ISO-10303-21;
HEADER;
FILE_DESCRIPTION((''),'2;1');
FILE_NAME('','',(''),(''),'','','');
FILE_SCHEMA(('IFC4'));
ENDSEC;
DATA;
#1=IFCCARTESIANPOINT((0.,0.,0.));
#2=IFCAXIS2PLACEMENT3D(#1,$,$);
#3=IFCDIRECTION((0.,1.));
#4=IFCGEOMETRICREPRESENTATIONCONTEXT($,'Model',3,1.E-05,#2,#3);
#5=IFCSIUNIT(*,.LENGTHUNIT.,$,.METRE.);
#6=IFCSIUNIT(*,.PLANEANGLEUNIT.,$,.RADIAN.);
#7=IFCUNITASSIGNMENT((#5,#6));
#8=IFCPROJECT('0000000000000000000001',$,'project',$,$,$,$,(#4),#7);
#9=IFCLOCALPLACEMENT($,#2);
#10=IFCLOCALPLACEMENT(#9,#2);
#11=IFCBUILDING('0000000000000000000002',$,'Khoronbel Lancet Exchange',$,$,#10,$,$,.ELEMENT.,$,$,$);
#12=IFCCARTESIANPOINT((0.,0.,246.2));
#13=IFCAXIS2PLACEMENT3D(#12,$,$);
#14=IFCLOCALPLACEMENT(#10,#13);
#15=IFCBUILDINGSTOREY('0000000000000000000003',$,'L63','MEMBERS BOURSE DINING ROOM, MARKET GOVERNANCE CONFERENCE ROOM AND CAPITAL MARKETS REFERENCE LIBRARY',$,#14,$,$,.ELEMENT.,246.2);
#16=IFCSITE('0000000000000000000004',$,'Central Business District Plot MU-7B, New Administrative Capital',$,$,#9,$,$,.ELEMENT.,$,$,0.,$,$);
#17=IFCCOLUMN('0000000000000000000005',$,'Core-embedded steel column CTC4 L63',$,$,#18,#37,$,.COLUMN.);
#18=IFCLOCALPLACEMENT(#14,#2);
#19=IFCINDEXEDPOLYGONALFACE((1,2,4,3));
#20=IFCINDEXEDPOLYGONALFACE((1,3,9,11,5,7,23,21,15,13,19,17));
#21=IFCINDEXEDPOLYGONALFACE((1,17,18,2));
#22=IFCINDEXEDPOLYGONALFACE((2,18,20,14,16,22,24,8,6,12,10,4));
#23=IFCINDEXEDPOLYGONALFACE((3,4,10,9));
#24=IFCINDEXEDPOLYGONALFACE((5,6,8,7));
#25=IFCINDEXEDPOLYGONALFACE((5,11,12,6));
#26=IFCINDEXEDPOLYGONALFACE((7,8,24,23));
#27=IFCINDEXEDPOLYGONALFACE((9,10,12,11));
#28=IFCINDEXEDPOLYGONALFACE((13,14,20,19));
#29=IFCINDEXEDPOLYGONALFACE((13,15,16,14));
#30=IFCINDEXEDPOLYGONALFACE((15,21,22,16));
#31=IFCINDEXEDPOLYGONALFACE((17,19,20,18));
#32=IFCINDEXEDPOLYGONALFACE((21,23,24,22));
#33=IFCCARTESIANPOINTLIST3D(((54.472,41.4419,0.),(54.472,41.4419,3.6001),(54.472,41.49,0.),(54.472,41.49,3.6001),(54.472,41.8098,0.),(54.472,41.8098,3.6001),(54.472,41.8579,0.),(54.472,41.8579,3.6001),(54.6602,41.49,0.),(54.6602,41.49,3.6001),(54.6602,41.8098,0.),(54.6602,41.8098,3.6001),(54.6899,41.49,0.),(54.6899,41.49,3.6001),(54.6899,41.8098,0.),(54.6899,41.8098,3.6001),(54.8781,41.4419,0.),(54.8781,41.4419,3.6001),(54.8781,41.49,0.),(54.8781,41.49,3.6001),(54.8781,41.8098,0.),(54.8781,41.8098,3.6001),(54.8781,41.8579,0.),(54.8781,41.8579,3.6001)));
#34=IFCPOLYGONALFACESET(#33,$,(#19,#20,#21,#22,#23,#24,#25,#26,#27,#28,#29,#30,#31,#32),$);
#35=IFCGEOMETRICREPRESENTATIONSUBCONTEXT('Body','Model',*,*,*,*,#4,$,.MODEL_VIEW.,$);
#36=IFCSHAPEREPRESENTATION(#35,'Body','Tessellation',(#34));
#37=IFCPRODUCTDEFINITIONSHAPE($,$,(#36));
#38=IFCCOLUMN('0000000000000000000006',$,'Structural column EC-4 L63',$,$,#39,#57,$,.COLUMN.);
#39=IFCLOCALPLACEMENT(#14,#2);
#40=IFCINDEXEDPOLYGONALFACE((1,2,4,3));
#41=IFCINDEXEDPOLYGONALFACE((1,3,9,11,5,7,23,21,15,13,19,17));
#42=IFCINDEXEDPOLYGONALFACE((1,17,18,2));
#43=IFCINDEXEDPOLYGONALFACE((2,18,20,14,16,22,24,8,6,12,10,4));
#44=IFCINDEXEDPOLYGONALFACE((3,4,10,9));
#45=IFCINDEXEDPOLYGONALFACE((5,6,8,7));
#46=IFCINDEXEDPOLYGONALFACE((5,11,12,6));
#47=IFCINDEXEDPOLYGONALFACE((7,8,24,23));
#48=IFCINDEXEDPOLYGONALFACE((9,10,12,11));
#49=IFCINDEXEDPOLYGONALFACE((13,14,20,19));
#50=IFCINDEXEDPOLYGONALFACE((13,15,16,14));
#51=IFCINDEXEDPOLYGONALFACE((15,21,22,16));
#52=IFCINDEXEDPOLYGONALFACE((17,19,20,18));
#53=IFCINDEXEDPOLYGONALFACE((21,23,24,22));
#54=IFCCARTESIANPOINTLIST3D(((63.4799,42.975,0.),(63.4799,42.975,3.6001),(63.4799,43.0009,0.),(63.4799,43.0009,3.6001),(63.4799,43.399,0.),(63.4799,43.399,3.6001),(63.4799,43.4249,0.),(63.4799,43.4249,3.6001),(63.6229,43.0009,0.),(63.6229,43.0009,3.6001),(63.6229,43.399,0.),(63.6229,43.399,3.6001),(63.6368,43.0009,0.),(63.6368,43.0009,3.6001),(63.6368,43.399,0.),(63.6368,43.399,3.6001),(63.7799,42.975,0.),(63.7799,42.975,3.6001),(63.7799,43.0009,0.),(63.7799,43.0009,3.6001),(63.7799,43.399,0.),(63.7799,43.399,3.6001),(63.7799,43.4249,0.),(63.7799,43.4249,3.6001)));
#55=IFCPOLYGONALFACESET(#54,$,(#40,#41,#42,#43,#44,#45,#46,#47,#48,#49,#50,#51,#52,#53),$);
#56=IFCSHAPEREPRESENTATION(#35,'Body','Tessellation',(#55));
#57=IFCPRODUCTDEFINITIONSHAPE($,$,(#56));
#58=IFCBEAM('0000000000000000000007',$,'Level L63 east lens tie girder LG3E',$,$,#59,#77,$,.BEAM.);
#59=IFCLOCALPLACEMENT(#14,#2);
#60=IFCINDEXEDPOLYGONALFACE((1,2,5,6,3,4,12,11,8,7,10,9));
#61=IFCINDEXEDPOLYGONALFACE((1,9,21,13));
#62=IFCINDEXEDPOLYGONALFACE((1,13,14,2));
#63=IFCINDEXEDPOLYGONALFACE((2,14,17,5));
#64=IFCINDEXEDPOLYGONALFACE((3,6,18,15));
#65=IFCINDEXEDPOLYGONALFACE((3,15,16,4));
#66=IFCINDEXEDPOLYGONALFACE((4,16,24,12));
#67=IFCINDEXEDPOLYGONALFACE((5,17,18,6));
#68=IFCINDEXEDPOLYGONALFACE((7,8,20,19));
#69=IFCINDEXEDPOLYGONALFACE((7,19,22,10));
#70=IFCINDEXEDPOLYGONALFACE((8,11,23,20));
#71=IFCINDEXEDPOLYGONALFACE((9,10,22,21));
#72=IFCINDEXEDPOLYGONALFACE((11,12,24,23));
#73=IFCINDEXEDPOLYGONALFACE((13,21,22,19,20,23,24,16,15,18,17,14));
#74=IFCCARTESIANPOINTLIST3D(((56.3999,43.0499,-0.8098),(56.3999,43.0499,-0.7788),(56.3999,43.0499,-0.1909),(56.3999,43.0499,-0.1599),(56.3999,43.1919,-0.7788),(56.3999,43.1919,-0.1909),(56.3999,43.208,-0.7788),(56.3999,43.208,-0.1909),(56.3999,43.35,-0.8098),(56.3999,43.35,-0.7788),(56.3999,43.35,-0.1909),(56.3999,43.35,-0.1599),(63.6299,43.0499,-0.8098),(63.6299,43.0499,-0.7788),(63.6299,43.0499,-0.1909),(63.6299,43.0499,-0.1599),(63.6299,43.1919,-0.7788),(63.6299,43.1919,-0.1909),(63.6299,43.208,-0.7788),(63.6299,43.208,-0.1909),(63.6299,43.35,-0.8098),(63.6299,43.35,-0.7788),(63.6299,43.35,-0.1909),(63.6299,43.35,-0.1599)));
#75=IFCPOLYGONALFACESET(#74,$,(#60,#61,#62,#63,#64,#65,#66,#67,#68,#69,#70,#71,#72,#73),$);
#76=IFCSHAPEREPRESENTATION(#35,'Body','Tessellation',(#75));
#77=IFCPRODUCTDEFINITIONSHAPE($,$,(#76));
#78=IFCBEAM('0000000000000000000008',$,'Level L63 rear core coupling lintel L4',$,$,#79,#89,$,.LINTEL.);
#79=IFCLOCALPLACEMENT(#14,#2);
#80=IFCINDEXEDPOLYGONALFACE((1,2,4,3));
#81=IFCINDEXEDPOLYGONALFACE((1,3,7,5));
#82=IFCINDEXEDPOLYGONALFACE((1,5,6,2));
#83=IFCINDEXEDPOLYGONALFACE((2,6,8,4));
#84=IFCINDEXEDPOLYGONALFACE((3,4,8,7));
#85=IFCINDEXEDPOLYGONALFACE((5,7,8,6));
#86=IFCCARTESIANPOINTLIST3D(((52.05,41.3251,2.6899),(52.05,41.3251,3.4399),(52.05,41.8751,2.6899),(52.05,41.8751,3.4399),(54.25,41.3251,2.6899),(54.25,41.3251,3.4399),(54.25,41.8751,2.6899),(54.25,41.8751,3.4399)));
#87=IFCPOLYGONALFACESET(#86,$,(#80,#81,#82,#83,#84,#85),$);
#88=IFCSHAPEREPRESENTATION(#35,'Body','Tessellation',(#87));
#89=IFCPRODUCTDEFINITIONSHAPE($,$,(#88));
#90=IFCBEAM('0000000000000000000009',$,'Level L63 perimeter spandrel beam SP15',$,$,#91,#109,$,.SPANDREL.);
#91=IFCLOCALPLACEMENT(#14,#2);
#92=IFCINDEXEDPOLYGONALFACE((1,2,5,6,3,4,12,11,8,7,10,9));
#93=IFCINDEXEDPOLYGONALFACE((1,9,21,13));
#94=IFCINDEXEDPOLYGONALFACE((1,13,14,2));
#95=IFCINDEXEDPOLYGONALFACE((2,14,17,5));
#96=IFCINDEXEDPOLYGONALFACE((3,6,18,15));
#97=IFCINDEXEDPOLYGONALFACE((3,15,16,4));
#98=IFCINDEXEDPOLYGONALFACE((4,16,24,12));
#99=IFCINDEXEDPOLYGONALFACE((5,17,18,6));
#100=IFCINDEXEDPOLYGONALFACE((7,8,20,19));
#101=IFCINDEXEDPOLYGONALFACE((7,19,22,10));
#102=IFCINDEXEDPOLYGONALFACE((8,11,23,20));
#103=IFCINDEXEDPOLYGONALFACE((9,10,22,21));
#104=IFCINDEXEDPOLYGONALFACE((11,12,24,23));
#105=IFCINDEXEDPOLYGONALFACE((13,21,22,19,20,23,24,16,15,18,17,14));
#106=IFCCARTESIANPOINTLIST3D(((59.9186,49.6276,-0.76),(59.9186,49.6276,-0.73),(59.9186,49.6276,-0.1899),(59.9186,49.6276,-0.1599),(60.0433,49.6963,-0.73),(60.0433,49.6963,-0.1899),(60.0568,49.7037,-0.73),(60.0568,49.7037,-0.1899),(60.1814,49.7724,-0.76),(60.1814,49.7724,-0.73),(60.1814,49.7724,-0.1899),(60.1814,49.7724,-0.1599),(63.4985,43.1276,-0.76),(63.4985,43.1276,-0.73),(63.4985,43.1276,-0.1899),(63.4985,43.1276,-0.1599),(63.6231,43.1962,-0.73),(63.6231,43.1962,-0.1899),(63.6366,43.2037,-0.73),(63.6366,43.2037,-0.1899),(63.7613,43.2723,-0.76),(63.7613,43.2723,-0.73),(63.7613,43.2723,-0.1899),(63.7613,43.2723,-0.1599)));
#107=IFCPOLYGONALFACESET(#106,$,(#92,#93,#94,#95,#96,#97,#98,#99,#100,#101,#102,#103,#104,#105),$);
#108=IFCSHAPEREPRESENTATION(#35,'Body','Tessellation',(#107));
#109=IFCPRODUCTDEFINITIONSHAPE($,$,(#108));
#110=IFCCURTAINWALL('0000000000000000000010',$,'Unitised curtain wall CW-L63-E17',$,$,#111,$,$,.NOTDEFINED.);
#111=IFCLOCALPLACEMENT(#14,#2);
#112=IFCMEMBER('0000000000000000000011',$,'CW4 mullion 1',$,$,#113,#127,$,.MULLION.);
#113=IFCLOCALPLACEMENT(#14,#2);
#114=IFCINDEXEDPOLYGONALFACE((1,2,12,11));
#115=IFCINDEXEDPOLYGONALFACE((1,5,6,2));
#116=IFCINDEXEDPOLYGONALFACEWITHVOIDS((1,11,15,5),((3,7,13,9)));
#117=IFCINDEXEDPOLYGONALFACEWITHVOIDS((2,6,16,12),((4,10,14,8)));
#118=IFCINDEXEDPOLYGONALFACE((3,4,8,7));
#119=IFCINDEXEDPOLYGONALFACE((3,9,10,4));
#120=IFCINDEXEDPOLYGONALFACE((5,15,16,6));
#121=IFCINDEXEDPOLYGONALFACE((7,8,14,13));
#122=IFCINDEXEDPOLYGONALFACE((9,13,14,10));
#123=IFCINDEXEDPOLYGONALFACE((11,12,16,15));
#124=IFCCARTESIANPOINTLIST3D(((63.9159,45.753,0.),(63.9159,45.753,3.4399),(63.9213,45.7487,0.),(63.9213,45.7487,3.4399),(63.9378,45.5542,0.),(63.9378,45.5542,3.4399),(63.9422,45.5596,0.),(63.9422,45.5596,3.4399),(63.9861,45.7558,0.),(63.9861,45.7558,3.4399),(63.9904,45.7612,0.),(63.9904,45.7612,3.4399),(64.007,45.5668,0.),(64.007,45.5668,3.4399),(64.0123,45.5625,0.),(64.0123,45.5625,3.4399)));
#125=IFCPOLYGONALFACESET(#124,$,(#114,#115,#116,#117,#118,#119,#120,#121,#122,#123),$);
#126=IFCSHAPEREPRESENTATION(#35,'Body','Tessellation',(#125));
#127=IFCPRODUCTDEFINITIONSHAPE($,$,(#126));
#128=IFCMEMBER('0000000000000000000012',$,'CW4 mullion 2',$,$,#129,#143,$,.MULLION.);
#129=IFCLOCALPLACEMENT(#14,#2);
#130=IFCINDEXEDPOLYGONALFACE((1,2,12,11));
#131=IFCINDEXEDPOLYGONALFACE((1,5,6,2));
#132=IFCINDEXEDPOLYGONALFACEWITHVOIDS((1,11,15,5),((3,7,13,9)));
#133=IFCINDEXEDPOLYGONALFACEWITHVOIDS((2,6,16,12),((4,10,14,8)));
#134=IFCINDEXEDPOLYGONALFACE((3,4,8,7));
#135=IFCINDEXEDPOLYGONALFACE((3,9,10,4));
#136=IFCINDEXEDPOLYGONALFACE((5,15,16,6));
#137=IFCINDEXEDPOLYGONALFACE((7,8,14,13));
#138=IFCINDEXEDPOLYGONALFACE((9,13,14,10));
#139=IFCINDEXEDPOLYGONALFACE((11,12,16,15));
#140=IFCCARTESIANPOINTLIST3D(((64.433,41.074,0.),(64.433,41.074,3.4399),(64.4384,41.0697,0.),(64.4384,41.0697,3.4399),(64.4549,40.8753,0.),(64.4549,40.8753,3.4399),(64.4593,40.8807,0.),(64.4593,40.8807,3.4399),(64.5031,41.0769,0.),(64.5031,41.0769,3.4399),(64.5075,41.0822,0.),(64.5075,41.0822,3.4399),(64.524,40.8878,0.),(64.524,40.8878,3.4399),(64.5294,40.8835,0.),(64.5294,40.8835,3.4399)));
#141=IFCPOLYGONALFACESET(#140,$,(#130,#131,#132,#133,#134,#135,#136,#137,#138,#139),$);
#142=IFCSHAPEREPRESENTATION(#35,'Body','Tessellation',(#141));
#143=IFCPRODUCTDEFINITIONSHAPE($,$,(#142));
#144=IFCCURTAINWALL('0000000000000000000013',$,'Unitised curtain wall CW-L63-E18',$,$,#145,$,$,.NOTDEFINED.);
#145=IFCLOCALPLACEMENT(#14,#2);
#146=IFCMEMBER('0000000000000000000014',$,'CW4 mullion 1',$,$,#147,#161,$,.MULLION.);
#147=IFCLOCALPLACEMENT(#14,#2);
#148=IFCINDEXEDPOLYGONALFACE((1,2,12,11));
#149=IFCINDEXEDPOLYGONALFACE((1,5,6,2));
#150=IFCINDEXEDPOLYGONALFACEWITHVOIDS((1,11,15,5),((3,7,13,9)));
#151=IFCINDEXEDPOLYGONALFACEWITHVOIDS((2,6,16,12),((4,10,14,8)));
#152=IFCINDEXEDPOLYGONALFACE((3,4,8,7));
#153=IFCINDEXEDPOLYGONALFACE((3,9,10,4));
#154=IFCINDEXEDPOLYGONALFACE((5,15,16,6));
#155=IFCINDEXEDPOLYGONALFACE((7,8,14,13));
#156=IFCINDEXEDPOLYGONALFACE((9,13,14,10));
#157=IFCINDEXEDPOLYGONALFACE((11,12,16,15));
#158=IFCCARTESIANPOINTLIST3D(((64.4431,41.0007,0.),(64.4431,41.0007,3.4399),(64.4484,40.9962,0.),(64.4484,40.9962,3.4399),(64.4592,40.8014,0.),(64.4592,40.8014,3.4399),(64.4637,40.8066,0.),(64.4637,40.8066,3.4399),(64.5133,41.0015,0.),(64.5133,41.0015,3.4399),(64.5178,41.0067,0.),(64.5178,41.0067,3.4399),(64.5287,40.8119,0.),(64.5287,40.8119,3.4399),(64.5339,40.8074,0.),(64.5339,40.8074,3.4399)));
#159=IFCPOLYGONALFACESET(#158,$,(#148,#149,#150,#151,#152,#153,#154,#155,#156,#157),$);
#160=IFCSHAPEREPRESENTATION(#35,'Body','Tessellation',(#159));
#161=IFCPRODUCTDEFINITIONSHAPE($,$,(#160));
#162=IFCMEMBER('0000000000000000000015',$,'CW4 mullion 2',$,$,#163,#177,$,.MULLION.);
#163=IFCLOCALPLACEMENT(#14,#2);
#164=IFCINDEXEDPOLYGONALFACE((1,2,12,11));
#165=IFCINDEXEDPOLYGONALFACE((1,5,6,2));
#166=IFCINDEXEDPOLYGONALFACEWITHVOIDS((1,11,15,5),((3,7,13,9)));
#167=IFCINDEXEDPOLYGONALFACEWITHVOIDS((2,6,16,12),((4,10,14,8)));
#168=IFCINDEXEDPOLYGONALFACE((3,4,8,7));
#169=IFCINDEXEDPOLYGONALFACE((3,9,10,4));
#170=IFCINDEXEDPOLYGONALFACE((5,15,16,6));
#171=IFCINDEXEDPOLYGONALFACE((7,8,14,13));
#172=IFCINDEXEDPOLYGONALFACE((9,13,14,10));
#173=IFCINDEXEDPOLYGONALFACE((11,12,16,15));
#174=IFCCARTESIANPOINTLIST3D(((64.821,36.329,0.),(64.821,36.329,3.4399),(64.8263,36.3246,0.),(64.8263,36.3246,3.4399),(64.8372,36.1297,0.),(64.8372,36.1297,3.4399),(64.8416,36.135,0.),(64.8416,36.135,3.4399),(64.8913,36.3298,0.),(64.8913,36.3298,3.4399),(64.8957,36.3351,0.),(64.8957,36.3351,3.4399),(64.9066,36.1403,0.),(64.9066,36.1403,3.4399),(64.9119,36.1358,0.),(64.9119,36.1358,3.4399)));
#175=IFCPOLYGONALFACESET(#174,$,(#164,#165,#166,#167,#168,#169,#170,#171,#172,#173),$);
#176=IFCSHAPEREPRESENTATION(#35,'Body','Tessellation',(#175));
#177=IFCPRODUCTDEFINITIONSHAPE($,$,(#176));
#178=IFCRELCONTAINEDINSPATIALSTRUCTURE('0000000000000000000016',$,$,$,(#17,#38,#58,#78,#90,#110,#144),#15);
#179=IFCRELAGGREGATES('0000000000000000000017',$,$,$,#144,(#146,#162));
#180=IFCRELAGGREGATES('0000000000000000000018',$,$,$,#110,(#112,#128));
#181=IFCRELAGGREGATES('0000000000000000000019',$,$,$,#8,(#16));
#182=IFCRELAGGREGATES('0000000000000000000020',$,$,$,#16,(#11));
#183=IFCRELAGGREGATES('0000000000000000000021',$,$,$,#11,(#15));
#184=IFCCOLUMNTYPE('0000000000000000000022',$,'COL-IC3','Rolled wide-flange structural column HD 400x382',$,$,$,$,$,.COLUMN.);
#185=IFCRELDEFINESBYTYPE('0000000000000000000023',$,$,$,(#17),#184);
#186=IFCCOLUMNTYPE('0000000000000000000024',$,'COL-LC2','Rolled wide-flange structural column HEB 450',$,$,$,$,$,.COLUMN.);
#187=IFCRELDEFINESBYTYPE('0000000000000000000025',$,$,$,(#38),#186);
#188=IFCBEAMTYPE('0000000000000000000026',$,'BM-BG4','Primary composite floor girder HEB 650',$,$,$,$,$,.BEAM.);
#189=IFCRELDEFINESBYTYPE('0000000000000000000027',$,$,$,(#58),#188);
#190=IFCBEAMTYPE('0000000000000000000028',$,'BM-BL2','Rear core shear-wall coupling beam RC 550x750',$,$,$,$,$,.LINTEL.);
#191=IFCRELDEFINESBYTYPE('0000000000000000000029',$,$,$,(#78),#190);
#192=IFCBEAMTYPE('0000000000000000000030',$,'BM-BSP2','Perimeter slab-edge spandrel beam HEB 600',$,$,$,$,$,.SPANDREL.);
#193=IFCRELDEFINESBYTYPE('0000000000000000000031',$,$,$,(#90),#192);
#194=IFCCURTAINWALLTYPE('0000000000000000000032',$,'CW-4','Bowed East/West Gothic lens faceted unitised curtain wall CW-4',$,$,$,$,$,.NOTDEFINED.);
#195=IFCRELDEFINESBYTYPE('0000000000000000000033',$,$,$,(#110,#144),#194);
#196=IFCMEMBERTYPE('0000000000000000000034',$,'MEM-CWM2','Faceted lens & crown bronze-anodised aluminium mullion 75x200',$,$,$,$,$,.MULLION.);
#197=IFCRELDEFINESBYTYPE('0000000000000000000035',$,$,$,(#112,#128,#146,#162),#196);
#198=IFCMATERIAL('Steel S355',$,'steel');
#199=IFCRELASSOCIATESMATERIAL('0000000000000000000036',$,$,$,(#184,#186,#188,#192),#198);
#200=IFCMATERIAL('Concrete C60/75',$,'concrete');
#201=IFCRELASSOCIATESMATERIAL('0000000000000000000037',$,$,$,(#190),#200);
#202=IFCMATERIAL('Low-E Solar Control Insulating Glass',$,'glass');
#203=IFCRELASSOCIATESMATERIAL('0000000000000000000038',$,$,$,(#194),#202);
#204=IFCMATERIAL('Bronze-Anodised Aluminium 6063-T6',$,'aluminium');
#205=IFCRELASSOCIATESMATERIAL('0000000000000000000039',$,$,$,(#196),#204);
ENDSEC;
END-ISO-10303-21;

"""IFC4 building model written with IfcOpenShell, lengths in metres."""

from ifc_helpers import new_model, si_unit, direction, frame, origin, origin_2d, place, context, subcontext, project, spatial, rectangle, hollow_rectangle, i_section, extrude, material, material_profile, profile_set, type_object, element, aggregate, save


model = new_model("IFC4")

# Units and contexts
model_context = context("Model", 3, precision=1e-05, world=origin(), true_north=direction((0.0, 1.0)))
body_context = subcontext(model_context, "Body", "Model", "MODEL_VIEW")
ifc_project = project(units=[si_unit("LENGTHUNIT", "METRE"), si_unit("PLANEANGLEUNIT", "RADIAN")], contexts=[model_context])

# Site, building, storey
site_placement = place(None, origin())
site = spatial("IfcSite", under=ifc_project, at=site_placement, Name="Central Business District Plot MU-7B, New Administrative Capital", CompositionType="ELEMENT", RefElevation=0.0)
building_placement = place(site_placement, origin())
building = spatial("IfcBuilding", under=site, at=building_placement, Name="Khoronbel Lancet Exchange", CompositionType="ELEMENT")
storey_placement = place(building_placement, frame((0.0, 0.0, 246.2)))
storey = spatial("IfcBuildingStorey", under=building, at=storey_placement, Name="L63", Description="MEMBERS BOURSE DINING ROOM, MARKET GOVERNANCE CONFERENCE ROOM AND CAPITAL MARKETS REFERENCE LIBRARY", CompositionType="ELEMENT", Elevation=246.2)

# Columns
ifc_material_1 = material(Name="Steel S355", Category="steel")
ifc_material_profile_1 = material_profile(ifc_material_1, i_section(OverallWidth=0.406, OverallDepth=0.416, WebThickness=0.0298, FlangeThickness=0.0481, at=origin_2d()), Name="HD 400x382")
ifc_profile_set_1 = profile_set([ifc_material_profile_1], Name="Steel S355")
column_type_1 = type_object("IfcColumnType", Name="COL-IC3", Description="Rolled wide-flange structural column HD 400x382", PredefinedType="COLUMN", material=ifc_profile_set_1)
column_1_placement = place(storey_placement, frame((54.675, 41.6499, 0.0), z_axis=(0.0, 0.0, 1.0), x_axis=(1.0, 0.0, 0.0)))
element("IfcColumn", 1, at=column_1_placement, inside=storey, type_object=column_type_1, Name="Core-embedded steel column CTC4 L63", PredefinedType="COLUMN", context=body_context, shape_type="SweptSolid", body=[
    extrude(i_section(OverallWidth=0.406, OverallDepth=0.416, WebThickness=0.0298, FlangeThickness=0.0481, at=origin_2d()), origin(), (0.0, 0.0, 1.0), 3.6001),
])
ifc_material_profile_2 = material_profile(ifc_material_1, i_section(OverallWidth=0.3, OverallDepth=0.45, WebThickness=0.0139, FlangeThickness=0.0259, at=origin_2d()), Name="HEB 450")
ifc_profile_set_2 = profile_set([ifc_material_profile_2], Name="Steel S355")
column_type_2 = type_object("IfcColumnType", Name="COL-LC2", Description="Rolled wide-flange structural column HEB 450", PredefinedType="COLUMN", material=ifc_profile_set_2)
column_2_placement = place(storey_placement, frame((63.6299, 43.2, 0.0), z_axis=(0.0, 0.0, 1.0), x_axis=(1.0, 0.0, 0.0)))
element("IfcColumn", 2, at=column_2_placement, inside=storey, type_object=column_type_2, Name="Structural column EC-4 L63", PredefinedType="COLUMN", context=body_context, shape_type="SweptSolid", body=[
    extrude(i_section(OverallWidth=0.3, OverallDepth=0.45, WebThickness=0.0139, FlangeThickness=0.0259, at=origin_2d()), origin(), (0.0, 0.0, 1.0), 3.6001),
])

# Beams
ifc_material_profile_3 = material_profile(ifc_material_1, i_section(OverallWidth=0.3, OverallDepth=0.6499, WebThickness=0.0161, FlangeThickness=0.031, at=origin_2d()), Name="HEB 650")
ifc_profile_set_3 = profile_set([ifc_material_profile_3], Name="Steel S355")
beam_type_1 = type_object("IfcBeamType", Name="BM-BG4", Description="Primary composite floor girder HEB 650", PredefinedType="BEAM", material=ifc_profile_set_3)
beam_1_placement = place(storey_placement, frame((56.3999, 43.2, -0.4849), z_axis=(1.0, 0.0, 0.0), x_axis=(0.0, 1.0, 0.0)))
element("IfcBeam", 3, at=beam_1_placement, inside=storey, type_object=beam_type_1, Name="Level L63 east lens tie girder LG3E", PredefinedType="BEAM", context=body_context, shape_type="SweptSolid", body=[
    extrude(i_section(OverallWidth=0.3, OverallDepth=0.6499, WebThickness=0.0161, FlangeThickness=0.031, at=origin_2d()), origin(), (0.0, 0.0, 1.0), 7.23),
])
ifc_material_2 = material(Name="Concrete C60/75", Category="concrete")
ifc_material_profile_4 = material_profile(ifc_material_2, rectangle(XDim=0.55, YDim=0.75, at=origin_2d()), Name="RC 550x750")
ifc_profile_set_4 = profile_set([ifc_material_profile_4], Name="Concrete C60/75")
beam_type_2 = type_object("IfcBeamType", Name="BM-BL2", Description="Rear core shear-wall coupling beam RC 550x750", PredefinedType="LINTEL", material=ifc_profile_set_4)
beam_2_placement = place(storey_placement, frame((52.05, 41.6001, 3.0649), z_axis=(1.0, 0.0, 0.0), x_axis=(0.0, 1.0, 0.0)))
element("IfcBeam", 4, at=beam_2_placement, inside=storey, type_object=beam_type_2, Name="Level L63 rear core coupling lintel L4", PredefinedType="LINTEL", context=body_context, shape_type="SweptSolid", body=[
    extrude(rectangle(XDim=0.55, YDim=0.75, at=origin_2d()), origin(), (0.0, 0.0, 1.0), 2.2),
])
ifc_material_profile_5 = material_profile(ifc_material_1, i_section(OverallWidth=0.3, OverallDepth=0.6001, WebThickness=0.0154, FlangeThickness=0.03, at=origin_2d()), Name="HEB 600")
ifc_profile_set_5 = profile_set([ifc_material_profile_5], Name="Steel S355")
beam_type_3 = type_object("IfcBeamType", Name="BM-BSP2", Description="Perimeter slab-edge spandrel beam HEB 600", PredefinedType="SPANDREL", material=ifc_profile_set_5)
beam_3_placement = place(storey_placement, frame((63.6299, 43.2, -0.46), z_axis=(-0.482419, 0.875941, 0.0), x_axis=(-0.875941, -0.482419, 0.0)))
element("IfcBeam", 5, at=beam_3_placement, inside=storey, type_object=beam_type_3, Name="Level L63 perimeter spandrel beam SP15", PredefinedType="SPANDREL", context=body_context, shape_type="SweptSolid", body=[
    extrude(i_section(OverallWidth=0.3, OverallDepth=0.6001, WebThickness=0.0154, FlangeThickness=0.03, at=origin_2d()), origin(), (0.0, 0.0, 1.0), 7.4207),
])

# Curtain walls, members
ifc_material_3 = material(Name="Low-E Solar Control Insulating Glass", Category="glass")
curtain_wall_type = type_object("IfcCurtainWallType", Name="CW-4", Description="Bowed East/West Gothic lens faceted unitised curtain wall CW-4", PredefinedType="NOTDEFINED", material=ifc_material_3)
curtain_wall_1_placement = place(storey_placement, origin())
curtain_wall_1 = element("IfcCurtainWall", 6, at=curtain_wall_1_placement, inside=storey, type_object=curtain_wall_type, Name="Unitised curtain wall CW-L63-E17", PredefinedType="NOTDEFINED")
ifc_material_4 = material(Name="Bronze-Anodised Aluminium 6063-T6", Category="aluminium")
ifc_material_profile_6 = material_profile(ifc_material_4, hollow_rectangle(XDim=0.075, YDim=0.2, WallThickness=0.0049, at=origin_2d()), Name="ALU MULLION 75x200")
ifc_profile_set_6 = profile_set([ifc_material_profile_6], Name="Bronze-Anodised Aluminium 6063-T6")
member_type_1 = type_object("IfcMemberType", Name="MEM-CWM2", Description="Faceted lens & crown bronze-anodised aluminium mullion 75x200", PredefinedType="MULLION", material=ifc_profile_set_6)
member_1_placement = place(storey_placement, frame((63.9641, 45.6577, 0.0), z_axis=(0.0, 0.0, 1.0), x_axis=(0.993947, 0.109858, 0.0)))
member_1 = element("IfcMember", 7, at=member_1_placement, type_object=member_type_1, Name="CW4 mullion 1", PredefinedType="MULLION", context=body_context, shape_type="SweptSolid", body=[
    extrude(hollow_rectangle(XDim=0.075, YDim=0.2, WallThickness=0.0049, at=origin_2d()), origin(), (0.0, 0.0, 1.0), 3.4399),
])
member_2_placement = place(storey_placement, frame((64.4812, 40.9788, 0.0), z_axis=(0.0, 0.0, 1.0), x_axis=(0.993947, 0.109858, 0.0)))
member_2 = element("IfcMember", 8, at=member_2_placement, type_object=member_type_1, Name="CW4 mullion 2", PredefinedType="MULLION", context=body_context, shape_type="SweptSolid", body=[
    extrude(hollow_rectangle(XDim=0.075, YDim=0.2, WallThickness=0.0049, at=origin_2d()), origin(), (0.0, 0.0, 1.0), 3.4399),
])
curtain_wall_2_placement = place(storey_placement, origin())
curtain_wall_2 = element("IfcCurtainWall", 9, at=curtain_wall_2_placement, inside=storey, type_object=curtain_wall_type, Name="Unitised curtain wall CW-L63-E18", PredefinedType="NOTDEFINED")
member_3_placement = place(storey_placement, frame((64.4885, 40.9041, 0.0), z_axis=(0.0, 0.0, 1.0), x_axis=(0.996743, 0.08064, 0.0)))
member_3 = element("IfcMember", 10, at=member_3_placement, type_object=member_type_1, Name="CW4 mullion 1", PredefinedType="MULLION", context=body_context, shape_type="SweptSolid", body=[
    extrude(hollow_rectangle(XDim=0.075, YDim=0.2, WallThickness=0.0049, at=origin_2d()), origin(), (0.0, 0.0, 1.0), 3.4399),
])
member_4_placement = place(storey_placement, frame((64.8665, 36.2324, 0.0), z_axis=(0.0, 0.0, 1.0), x_axis=(0.996743, 0.08064, 0.0)))
member_4 = element("IfcMember", 11, at=member_4_placement, type_object=member_type_1, Name="CW4 mullion 2", PredefinedType="MULLION", context=body_context, shape_type="SweptSolid", body=[
    extrude(hollow_rectangle(XDim=0.075, YDim=0.2, WallThickness=0.0049, at=origin_2d()), origin(), (0.0, 0.0, 1.0), 3.4399),
])

aggregate(curtain_wall_2, [member_3, member_4])
aggregate(curtain_wall_1, [member_1, member_2])

save(model, "model.ifc")
